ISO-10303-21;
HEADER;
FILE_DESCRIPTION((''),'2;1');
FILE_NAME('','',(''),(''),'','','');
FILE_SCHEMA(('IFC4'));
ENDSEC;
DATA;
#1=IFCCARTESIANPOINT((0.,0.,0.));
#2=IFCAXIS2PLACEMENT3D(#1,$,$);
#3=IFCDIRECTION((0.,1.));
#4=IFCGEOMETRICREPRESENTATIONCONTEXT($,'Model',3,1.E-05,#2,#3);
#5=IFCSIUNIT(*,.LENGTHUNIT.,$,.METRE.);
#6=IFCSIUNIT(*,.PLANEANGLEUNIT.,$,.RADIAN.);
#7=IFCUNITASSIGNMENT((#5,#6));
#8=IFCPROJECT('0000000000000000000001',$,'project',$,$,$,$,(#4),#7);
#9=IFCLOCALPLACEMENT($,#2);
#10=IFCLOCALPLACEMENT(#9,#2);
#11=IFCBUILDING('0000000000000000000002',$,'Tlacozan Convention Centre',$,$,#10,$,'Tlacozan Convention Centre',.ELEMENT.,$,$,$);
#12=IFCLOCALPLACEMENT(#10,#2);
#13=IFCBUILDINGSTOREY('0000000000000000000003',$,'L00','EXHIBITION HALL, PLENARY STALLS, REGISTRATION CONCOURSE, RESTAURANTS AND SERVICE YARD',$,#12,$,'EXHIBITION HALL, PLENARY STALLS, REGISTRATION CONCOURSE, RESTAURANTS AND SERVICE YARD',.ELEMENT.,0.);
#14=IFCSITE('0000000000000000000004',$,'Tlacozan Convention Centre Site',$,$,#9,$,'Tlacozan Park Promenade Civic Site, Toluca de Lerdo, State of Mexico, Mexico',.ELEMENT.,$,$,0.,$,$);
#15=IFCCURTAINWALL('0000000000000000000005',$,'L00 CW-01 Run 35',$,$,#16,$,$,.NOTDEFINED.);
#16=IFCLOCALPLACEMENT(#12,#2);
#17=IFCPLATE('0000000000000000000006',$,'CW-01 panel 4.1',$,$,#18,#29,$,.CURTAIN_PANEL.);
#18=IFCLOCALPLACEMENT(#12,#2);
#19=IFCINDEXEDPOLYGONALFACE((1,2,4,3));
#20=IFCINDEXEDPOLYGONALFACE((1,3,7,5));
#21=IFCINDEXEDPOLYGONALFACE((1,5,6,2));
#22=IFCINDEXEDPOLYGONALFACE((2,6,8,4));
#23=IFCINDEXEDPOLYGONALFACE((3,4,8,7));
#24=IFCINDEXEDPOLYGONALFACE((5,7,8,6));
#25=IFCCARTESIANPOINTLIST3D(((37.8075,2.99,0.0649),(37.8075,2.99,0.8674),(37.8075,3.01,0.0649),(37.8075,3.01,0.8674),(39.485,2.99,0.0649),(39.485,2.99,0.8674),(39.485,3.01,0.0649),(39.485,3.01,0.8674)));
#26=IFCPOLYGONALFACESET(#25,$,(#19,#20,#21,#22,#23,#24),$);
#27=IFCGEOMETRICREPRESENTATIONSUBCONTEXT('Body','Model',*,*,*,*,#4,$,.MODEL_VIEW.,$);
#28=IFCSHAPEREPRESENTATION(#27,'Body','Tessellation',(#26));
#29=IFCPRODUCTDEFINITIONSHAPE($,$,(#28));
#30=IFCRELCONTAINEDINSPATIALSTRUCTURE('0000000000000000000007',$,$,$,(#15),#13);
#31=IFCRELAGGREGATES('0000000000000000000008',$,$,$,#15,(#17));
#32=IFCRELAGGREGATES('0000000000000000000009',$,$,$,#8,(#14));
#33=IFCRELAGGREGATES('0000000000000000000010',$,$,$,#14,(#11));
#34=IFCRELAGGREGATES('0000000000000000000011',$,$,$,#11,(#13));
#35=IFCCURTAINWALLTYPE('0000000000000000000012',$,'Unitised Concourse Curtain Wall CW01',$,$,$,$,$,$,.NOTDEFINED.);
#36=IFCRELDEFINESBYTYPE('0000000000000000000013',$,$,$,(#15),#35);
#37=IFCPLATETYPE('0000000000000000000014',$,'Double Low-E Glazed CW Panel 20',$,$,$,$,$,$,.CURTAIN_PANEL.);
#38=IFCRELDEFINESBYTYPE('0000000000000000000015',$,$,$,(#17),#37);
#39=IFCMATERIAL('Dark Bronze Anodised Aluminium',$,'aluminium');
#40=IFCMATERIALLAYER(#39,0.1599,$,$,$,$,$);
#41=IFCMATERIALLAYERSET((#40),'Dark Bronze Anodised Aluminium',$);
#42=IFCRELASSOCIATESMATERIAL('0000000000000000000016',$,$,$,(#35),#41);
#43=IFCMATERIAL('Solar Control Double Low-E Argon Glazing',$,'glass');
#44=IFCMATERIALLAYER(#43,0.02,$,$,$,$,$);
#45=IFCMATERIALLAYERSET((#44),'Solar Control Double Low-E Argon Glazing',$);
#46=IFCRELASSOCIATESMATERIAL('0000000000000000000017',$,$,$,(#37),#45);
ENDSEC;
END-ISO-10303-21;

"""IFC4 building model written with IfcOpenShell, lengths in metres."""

from ifc_helpers import new_model, si_unit, direction, frame, origin, origin_2d, place, context, subcontext, project, spatial, rectangle, extrude, material, layer, layer_set, type_object, element, aggregate, save


model = new_model("IFC4")

# Units and contexts
model_context = context("Model", 3, precision=1e-05, world=origin(), true_north=direction((0.0, 1.0)))
body_context = subcontext(model_context, "Body", "Model", "MODEL_VIEW")
ifc_project = project(units=[si_unit("LENGTHUNIT", "METRE"), si_unit("PLANEANGLEUNIT", "RADIAN")], contexts=[model_context])

# Site, building, storey
site_placement = place(None, origin())
site = spatial("IfcSite", under=ifc_project, at=site_placement, Name="Tlacozan Convention Centre Site", LongName="Tlacozan Park Promenade Civic Site, Toluca de Lerdo, State of Mexico, Mexico", CompositionType="ELEMENT", RefElevation=0.0)
building_placement = place(site_placement, origin())
building = spatial("IfcBuilding", under=site, at=building_placement, Name="Tlacozan Convention Centre", LongName="Tlacozan Convention Centre", CompositionType="ELEMENT")
storey_placement = place(building_placement, origin())
storey = spatial("IfcBuildingStorey", under=building, at=storey_placement, Name="L00", Description="EXHIBITION HALL, PLENARY STALLS, REGISTRATION CONCOURSE, RESTAURANTS AND SERVICE YARD", LongName="EXHIBITION HALL, PLENARY STALLS, REGISTRATION CONCOURSE, RESTAURANTS AND SERVICE YARD", CompositionType="ELEMENT", Elevation=0.0)

# Curtain wall
ifc_material_1 = material(Name="Dark Bronze Anodised Aluminium", Category="aluminium")
ifc_layer_1 = layer(ifc_material_1, 0.1599)
ifc_layer_set_1 = layer_set([ifc_layer_1], Name="Dark Bronze Anodised Aluminium")
curtain_wall_type = type_object("IfcCurtainWallType", Name="Unitised Concourse Curtain Wall CW01", PredefinedType="NOTDEFINED", material=ifc_layer_set_1)
curtain_wall_placement = place(storey_placement, origin())
curtain_wall = element("IfcCurtainWall", 1, at=curtain_wall_placement, inside=storey, type_object=curtain_wall_type, Name="L00 CW-01 Run 35", PredefinedType="NOTDEFINED")

# Plate
ifc_material_2 = material(Name="Solar Control Double Low-E Argon Glazing", Category="glass")
ifc_layer_2 = layer(ifc_material_2, 0.02)
ifc_layer_set_2 = layer_set([ifc_layer_2], Name="Solar Control Double Low-E Argon Glazing")
plate_type = type_object("IfcPlateType", Name="Double Low-E Glazed CW Panel 20", PredefinedType="CURTAIN_PANEL", material=ifc_layer_set_2)
plate_1_placement = place(storey_placement, frame((38.6462, 3.0, 0.0649), z_axis=(0.0, 0.0, 1.0), x_axis=(1.0, 0.0, 0.0)))
plate_1 = element("IfcPlate", 2, at=plate_1_placement, type_object=plate_type, Name="CW-01 panel 4.1", PredefinedType="CURTAIN_PANEL", context=body_context, shape_type="SweptSolid", body=[
    extrude(rectangle(XDim=1.6775, YDim=0.02, at=origin_2d()), origin(), (0.0, 0.0, 1.0), 0.8025),
])
aggregate(curtain_wall, [plate_1])

save(model, "model.ifc")
